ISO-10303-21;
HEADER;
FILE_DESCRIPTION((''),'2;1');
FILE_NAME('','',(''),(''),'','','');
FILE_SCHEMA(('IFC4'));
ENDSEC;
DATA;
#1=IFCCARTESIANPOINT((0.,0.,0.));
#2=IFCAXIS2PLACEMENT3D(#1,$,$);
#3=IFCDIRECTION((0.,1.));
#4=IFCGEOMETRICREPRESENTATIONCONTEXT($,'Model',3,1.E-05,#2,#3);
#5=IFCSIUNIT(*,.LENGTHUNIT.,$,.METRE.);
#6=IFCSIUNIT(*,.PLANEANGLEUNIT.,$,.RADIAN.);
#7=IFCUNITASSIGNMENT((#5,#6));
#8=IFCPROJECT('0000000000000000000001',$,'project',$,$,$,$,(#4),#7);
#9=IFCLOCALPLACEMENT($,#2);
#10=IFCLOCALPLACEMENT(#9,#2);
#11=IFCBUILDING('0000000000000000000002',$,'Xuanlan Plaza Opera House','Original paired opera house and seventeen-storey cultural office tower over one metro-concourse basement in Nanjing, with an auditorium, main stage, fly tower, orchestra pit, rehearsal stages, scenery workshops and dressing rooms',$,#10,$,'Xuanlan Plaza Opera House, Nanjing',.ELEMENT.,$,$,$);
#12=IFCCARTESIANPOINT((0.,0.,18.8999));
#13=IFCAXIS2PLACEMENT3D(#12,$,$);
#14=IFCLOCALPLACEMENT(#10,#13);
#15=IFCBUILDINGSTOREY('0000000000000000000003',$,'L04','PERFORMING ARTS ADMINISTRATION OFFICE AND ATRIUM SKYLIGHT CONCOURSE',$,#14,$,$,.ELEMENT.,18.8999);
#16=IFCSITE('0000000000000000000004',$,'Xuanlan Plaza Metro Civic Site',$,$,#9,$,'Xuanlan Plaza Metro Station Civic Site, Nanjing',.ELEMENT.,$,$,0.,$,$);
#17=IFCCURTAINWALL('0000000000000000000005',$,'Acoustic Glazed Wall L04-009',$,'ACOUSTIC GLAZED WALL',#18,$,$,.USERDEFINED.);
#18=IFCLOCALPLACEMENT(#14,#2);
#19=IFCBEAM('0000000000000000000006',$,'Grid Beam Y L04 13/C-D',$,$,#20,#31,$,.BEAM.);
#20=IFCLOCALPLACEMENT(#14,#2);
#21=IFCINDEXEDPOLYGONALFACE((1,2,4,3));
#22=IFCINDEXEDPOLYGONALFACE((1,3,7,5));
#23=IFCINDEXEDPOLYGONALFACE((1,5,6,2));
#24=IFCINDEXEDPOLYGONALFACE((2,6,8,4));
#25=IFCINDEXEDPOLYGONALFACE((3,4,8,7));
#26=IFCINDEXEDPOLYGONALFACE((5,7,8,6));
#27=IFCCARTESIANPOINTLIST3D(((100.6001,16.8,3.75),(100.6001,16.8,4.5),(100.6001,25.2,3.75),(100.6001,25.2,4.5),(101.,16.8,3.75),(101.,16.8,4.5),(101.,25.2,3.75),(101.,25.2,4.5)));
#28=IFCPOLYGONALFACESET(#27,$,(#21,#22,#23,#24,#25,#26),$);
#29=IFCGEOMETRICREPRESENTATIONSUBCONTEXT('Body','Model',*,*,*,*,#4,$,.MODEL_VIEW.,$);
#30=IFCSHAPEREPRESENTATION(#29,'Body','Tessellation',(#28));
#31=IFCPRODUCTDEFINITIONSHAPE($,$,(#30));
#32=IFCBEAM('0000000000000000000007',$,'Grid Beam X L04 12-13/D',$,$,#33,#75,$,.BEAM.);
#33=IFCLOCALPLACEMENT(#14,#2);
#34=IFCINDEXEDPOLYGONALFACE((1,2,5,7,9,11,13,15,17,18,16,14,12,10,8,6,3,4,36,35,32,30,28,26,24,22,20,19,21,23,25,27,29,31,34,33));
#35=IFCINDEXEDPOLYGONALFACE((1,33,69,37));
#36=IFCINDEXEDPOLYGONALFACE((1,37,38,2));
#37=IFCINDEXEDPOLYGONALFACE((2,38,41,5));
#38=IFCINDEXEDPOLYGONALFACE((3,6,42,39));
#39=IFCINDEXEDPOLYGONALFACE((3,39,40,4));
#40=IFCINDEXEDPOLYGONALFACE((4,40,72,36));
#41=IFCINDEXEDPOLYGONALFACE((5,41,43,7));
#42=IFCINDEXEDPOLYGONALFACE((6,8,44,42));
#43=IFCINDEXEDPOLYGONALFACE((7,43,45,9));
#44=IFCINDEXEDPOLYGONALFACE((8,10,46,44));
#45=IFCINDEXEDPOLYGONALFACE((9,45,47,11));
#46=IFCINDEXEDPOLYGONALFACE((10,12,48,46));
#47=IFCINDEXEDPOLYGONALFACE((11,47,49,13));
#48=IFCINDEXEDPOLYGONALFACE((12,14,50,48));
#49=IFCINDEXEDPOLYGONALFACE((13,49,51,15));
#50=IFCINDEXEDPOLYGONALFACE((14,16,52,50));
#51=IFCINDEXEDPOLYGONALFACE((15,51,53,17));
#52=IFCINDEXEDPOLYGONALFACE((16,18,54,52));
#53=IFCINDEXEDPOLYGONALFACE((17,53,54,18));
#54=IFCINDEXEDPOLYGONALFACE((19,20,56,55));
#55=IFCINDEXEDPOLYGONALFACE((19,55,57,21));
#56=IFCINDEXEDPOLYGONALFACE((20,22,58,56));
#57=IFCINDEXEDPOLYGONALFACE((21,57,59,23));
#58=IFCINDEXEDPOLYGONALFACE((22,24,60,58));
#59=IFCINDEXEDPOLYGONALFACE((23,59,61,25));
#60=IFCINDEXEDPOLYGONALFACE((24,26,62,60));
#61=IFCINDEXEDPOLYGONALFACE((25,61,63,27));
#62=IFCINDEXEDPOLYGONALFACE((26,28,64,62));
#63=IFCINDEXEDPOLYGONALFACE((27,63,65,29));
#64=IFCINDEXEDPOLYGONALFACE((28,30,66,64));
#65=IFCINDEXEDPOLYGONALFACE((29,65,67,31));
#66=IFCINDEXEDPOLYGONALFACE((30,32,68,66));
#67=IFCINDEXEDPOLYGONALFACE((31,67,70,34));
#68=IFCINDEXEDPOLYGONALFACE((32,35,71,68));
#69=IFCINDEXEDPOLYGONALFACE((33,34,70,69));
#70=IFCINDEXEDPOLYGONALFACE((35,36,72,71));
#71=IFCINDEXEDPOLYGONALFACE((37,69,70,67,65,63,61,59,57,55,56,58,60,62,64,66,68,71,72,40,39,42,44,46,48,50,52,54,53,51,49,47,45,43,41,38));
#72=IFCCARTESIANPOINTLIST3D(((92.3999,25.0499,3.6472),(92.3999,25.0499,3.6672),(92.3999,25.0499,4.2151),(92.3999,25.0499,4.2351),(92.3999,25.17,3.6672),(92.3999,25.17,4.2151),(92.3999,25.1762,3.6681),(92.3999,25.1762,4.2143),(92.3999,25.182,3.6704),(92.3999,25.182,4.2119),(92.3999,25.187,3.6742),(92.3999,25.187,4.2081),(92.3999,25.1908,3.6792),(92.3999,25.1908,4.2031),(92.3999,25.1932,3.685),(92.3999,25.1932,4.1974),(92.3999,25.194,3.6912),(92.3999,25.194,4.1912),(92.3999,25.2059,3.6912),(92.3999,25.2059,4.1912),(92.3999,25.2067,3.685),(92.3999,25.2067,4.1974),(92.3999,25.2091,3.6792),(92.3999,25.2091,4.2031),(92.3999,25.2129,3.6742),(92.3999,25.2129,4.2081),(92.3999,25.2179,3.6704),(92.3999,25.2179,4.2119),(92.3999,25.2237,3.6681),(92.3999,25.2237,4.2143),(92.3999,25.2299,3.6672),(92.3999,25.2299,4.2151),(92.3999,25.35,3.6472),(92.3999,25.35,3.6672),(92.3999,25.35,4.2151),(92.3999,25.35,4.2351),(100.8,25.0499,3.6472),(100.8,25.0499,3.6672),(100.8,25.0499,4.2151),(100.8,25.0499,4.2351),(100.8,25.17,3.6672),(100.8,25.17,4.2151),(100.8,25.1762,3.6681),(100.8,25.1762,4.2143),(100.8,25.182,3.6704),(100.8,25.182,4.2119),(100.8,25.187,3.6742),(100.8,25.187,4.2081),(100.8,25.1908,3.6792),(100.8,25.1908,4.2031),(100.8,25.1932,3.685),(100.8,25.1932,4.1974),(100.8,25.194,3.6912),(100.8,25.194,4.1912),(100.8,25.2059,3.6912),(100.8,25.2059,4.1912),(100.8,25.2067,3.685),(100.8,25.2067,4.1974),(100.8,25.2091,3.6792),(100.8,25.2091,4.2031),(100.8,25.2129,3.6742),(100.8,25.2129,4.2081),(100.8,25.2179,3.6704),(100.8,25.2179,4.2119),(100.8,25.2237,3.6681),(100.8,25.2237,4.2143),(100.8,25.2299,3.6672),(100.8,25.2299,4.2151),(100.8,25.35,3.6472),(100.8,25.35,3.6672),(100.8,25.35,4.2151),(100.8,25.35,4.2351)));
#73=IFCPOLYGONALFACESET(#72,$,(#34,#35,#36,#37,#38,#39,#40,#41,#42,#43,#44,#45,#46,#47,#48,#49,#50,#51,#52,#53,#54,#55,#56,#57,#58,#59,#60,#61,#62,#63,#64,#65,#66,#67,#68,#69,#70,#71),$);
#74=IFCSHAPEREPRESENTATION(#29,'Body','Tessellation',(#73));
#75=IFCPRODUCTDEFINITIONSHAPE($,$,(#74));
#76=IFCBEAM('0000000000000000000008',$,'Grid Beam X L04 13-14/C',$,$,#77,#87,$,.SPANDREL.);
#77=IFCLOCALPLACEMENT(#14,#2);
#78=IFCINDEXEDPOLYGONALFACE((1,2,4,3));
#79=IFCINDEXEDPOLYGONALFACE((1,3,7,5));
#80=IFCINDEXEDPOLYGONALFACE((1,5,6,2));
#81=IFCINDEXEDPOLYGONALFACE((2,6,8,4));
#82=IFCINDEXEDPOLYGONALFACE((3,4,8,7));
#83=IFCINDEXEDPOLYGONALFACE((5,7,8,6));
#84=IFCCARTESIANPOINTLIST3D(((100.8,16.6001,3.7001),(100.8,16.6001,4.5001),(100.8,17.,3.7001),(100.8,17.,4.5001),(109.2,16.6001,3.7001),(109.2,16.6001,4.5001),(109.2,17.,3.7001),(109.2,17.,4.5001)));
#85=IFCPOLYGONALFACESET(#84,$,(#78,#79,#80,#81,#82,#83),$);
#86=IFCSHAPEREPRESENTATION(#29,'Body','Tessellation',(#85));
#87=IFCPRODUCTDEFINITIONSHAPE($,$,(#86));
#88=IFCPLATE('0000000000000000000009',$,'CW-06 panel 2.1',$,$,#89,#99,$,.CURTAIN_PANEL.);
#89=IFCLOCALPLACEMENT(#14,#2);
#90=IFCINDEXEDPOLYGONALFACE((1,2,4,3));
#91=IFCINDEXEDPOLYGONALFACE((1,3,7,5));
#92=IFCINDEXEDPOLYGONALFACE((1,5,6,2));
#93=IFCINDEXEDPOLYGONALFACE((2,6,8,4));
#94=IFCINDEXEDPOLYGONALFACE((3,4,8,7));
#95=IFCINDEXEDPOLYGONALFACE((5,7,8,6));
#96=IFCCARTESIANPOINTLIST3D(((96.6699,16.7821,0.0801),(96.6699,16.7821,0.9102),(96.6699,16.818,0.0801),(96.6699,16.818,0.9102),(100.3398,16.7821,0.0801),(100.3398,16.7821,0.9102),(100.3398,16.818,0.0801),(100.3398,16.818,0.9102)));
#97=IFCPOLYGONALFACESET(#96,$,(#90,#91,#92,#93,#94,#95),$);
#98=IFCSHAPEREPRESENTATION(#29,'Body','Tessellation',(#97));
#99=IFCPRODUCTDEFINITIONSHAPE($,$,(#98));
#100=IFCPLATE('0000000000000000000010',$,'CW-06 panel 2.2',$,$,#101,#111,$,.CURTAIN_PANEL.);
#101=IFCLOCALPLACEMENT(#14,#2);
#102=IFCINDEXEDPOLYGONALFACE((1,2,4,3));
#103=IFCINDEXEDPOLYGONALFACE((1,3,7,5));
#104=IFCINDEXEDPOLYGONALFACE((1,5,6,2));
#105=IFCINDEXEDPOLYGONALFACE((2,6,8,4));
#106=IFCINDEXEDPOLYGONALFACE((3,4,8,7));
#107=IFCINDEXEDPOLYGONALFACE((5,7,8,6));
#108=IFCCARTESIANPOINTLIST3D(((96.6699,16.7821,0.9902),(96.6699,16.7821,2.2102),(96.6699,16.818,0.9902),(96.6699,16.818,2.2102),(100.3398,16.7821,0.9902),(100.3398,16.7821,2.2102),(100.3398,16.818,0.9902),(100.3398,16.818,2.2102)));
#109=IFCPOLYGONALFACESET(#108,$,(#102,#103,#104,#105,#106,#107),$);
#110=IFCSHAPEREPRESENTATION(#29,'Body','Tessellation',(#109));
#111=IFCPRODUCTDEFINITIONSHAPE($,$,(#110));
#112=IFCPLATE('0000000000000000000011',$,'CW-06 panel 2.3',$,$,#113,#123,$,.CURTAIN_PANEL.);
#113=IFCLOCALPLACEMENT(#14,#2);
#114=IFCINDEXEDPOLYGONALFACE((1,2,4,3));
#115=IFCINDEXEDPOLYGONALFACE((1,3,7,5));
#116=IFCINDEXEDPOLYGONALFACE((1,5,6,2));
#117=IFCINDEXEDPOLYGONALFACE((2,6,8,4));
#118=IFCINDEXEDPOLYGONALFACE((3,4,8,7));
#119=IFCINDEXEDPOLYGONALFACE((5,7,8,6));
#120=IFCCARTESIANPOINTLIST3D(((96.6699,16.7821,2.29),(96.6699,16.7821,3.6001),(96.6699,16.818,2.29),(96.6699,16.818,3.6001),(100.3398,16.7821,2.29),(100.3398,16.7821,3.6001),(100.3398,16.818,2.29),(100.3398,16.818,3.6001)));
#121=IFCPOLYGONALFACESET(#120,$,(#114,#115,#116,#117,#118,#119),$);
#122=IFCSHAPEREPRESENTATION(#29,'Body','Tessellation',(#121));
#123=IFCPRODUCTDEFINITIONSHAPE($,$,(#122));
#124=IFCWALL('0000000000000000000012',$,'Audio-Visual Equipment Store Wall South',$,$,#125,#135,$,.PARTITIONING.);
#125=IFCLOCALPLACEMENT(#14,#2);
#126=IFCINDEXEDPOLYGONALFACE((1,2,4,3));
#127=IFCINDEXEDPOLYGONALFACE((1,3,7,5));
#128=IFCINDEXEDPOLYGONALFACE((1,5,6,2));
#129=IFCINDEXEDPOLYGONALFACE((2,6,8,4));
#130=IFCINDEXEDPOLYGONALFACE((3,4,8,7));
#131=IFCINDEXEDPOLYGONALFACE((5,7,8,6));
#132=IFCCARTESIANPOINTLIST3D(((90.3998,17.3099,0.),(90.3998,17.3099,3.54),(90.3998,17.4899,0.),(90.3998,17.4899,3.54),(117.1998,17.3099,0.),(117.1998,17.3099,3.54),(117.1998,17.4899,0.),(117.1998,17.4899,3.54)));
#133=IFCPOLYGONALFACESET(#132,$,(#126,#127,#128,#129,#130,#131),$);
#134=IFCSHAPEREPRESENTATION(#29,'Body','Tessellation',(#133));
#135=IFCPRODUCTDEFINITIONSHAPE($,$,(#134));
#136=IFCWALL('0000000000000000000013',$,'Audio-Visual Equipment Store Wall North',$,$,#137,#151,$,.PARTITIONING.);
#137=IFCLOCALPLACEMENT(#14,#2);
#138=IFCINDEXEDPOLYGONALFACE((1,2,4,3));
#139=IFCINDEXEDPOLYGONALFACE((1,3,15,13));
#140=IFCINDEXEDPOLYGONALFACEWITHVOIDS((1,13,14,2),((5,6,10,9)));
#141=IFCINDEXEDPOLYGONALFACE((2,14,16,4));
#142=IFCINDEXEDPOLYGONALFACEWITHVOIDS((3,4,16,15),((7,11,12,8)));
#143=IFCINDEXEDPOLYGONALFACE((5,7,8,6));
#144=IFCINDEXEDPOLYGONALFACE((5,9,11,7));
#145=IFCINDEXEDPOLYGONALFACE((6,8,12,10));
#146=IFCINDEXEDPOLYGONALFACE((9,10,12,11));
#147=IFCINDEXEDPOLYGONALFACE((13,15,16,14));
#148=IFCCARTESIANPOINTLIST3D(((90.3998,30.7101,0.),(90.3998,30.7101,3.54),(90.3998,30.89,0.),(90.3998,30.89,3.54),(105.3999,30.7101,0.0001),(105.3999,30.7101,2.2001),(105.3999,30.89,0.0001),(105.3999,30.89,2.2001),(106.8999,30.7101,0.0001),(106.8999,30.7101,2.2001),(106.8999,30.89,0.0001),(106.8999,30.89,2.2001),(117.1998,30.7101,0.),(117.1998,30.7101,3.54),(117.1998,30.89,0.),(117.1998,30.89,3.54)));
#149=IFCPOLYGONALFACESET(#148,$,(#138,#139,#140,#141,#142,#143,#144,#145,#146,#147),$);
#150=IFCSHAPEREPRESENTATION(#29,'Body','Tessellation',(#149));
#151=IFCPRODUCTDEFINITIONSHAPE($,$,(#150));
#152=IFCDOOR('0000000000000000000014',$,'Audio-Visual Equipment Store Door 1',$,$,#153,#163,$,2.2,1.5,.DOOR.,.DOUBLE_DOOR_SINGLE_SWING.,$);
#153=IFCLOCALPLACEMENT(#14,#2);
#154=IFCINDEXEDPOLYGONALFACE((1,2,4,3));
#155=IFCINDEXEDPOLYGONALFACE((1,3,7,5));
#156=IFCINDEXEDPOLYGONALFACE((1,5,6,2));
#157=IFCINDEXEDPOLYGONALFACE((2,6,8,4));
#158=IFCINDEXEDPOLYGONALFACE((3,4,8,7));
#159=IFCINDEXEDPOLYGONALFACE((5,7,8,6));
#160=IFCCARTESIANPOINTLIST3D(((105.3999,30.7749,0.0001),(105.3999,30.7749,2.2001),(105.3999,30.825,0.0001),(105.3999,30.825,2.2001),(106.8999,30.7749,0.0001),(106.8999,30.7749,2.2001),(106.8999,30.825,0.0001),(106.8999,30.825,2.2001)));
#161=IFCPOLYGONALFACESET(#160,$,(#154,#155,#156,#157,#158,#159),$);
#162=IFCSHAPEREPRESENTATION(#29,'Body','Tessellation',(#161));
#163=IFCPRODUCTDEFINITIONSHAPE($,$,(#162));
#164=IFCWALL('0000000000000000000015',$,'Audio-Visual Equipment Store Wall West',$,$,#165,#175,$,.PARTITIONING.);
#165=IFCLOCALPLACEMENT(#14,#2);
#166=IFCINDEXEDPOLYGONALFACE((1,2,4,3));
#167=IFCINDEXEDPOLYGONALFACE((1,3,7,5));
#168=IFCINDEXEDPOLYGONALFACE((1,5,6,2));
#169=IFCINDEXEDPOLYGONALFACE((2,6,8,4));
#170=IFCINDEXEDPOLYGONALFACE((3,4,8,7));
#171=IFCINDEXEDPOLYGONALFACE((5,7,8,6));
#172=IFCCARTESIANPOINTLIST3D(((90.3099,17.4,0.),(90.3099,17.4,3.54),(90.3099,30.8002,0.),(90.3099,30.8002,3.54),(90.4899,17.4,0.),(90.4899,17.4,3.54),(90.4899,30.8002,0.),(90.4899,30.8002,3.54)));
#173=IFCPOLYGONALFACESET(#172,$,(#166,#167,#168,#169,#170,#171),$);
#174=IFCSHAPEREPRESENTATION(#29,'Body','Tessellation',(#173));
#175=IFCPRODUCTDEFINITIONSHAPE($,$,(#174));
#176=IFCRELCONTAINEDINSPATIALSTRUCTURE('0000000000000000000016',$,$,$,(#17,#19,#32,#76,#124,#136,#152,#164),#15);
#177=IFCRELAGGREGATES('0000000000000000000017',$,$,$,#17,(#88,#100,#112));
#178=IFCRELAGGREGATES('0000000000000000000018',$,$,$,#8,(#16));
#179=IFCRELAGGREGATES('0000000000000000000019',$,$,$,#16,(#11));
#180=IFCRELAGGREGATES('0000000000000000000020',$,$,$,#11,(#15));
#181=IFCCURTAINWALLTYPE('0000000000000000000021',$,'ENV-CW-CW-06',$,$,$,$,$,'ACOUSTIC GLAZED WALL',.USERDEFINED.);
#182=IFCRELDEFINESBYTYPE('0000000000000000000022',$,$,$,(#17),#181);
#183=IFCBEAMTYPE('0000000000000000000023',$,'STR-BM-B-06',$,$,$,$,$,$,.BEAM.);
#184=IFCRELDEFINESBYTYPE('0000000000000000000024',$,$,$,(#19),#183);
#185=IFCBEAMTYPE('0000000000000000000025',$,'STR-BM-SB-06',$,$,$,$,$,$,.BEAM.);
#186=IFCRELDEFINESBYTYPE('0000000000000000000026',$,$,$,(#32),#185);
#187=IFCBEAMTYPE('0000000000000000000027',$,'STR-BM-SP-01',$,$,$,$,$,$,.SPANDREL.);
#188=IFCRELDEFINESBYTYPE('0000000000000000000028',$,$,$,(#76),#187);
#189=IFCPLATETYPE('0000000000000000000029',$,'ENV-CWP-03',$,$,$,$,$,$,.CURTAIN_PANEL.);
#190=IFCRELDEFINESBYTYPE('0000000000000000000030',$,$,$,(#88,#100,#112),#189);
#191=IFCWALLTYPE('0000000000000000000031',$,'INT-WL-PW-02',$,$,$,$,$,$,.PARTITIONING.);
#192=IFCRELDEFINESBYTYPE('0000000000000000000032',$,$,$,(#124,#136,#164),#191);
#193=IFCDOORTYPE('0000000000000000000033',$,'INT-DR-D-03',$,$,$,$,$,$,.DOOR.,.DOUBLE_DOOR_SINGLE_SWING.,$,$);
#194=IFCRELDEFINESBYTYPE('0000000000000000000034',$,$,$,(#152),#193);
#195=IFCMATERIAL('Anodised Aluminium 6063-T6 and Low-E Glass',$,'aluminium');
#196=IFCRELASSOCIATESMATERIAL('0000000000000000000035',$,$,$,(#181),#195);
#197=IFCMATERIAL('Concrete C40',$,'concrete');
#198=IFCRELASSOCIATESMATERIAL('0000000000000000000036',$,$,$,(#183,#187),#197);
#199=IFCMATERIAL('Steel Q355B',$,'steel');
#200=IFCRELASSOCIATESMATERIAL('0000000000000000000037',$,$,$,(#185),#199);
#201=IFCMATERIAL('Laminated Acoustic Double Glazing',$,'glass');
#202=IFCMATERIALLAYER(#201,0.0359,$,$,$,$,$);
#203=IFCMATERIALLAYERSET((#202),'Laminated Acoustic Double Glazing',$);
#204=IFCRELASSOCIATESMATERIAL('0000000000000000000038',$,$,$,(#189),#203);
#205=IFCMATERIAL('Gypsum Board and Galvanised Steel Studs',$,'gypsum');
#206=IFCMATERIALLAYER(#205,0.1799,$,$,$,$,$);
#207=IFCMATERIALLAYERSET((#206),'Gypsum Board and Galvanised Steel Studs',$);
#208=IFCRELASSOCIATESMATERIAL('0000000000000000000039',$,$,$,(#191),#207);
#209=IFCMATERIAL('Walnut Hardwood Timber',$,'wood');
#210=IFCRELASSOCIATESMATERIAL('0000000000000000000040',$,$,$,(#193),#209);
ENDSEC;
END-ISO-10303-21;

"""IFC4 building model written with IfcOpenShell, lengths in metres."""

from ifc_helpers import new_model, si_unit, direction, frame, frame_2d, origin, origin_2d, place, context, subcontext, project, spatial, rectangle, i_section, extrude, material, layer, layer_set, material_profile, profile_set, type_object, element, fill, aggregate, save


model = new_model("IFC4")

# Units and contexts
model_context = context("Model", 3, precision=1e-05, world=origin(), true_north=direction((0.0, 1.0)))
body_context = subcontext(model_context, "Body", "Model", "MODEL_VIEW")
ifc_project = project(units=[si_unit("LENGTHUNIT", "METRE"), si_unit("PLANEANGLEUNIT", "RADIAN")], contexts=[model_context])

# Site, building, storey
site_placement = place(None, origin())
site = spatial("IfcSite", under=ifc_project, at=site_placement, Name="Xuanlan Plaza Metro Civic Site", LongName="Xuanlan Plaza Metro Station Civic Site, Nanjing", CompositionType="ELEMENT", RefElevation=0.0)
building_placement = place(site_placement, origin())
building = spatial("IfcBuilding", under=site, at=building_placement, Name="Xuanlan Plaza Opera House", Description="Original paired opera house and seventeen-storey cultural office tower over one metro-concourse basement in Nanjing, with an auditorium, main stage, fly tower, orchestra pit, rehearsal stages, scenery workshops and dressing rooms", LongName="Xuanlan Plaza Opera House, Nanjing", CompositionType="ELEMENT")
storey_placement = place(building_placement, frame((0.0, 0.0, 18.8999)))
storey = spatial("IfcBuildingStorey", under=building, at=storey_placement, Name="L04", Description="PERFORMING ARTS ADMINISTRATION OFFICE AND ATRIUM SKYLIGHT CONCOURSE", CompositionType="ELEMENT", Elevation=18.8999)

# Shared definitions
ifc_material_1 = material(Name="Concrete C40", Category="concrete")

# Curtain wall
ifc_material_2 = material(Name="Anodised Aluminium 6063-T6 and Low-E Glass", Category="aluminium")
curtain_wall_type = type_object("IfcCurtainWallType", Name="ENV-CW-CW-06", ElementType="ACOUSTIC GLAZED WALL", PredefinedType="USERDEFINED", material=ifc_material_2)
curtain_wall_placement = place(storey_placement, origin())
curtain_wall = element("IfcCurtainWall", 1, at=curtain_wall_placement, inside=storey, type_object=curtain_wall_type, Name="Acoustic Glazed Wall L04-009", ObjectType="ACOUSTIC GLAZED WALL", PredefinedType="USERDEFINED")

# Beams
ifc_material_profile_1 = material_profile(ifc_material_1, rectangle(XDim=0.3999, YDim=0.75, at=origin_2d()), Name="RC-BM 400x750")
ifc_profile_set_1 = profile_set([ifc_material_profile_1], Name="Concrete C40")
beam_type_1 = type_object("IfcBeamType", Name="STR-BM-B-06", PredefinedType="BEAM", material=ifc_profile_set_1)
beam_1_placement = place(storey_placement, frame((100.8, 16.8, 4.125), z_axis=(0.0, 1.0, 0.0), x_axis=(-1.0, 0.0, 0.0)))
element("IfcBeam", 2, at=beam_1_placement, inside=storey, type_object=beam_type_1, Name="Grid Beam Y L04 13/C-D", PredefinedType="BEAM", context=body_context, shape_type="SweptSolid", body=[
    extrude(rectangle(XDim=0.3999, YDim=0.75, at=origin_2d()), origin(), (0.0, 0.0, 1.0), 8.3999),
])
ifc_material_3 = material(Name="Steel Q355B", Category="steel")
ifc_material_profile_2 = material_profile(ifc_material_3, i_section(OverallWidth=0.3, OverallDepth=0.5879, WebThickness=0.012, FlangeThickness=0.02, FilletRadius=0.0239, at=origin_2d()), Name="HM 588x300x12x20")
ifc_profile_set_2 = profile_set([ifc_material_profile_2], Name="Steel Q355B")
beam_type_2 = type_object("IfcBeamType", Name="STR-BM-SB-06", PredefinedType="BEAM", material=ifc_profile_set_2)
beam_2_placement = place(storey_placement, frame((92.3999, 25.2, 3.9412), z_axis=(1.0, 0.0, 0.0), x_axis=(0.0, 1.0, 0.0)))
element("IfcBeam", 3, at=beam_2_placement, inside=storey, type_object=beam_type_2, Name="Grid Beam X L04 12-13/D", PredefinedType="BEAM", context=body_context, shape_type="SweptSolid", body=[
    extrude(i_section(OverallWidth=0.3, OverallDepth=0.5879, WebThickness=0.012, FlangeThickness=0.02, FilletRadius=0.0239, at=origin_2d()), origin(), (0.0, 0.0, 1.0), 8.4001),
])
ifc_material_profile_3 = material_profile(ifc_material_1, rectangle(XDim=0.3999, YDim=0.8, at=origin_2d()), Name="RC-SPD 400x800")
ifc_profile_set_3 = profile_set([ifc_material_profile_3], Name="Concrete C40")
beam_type_3 = type_object("IfcBeamType", Name="STR-BM-SP-01", PredefinedType="SPANDREL", material=ifc_profile_set_3)
beam_3_placement = place(storey_placement, frame((100.8, 16.8, 4.1001), z_axis=(1.0, 0.0, 0.0), x_axis=(0.0, 1.0, 0.0)))
element("IfcBeam", 4, at=beam_3_placement, inside=storey, type_object=beam_type_3, Name="Grid Beam X L04 13-14/C", PredefinedType="SPANDREL", context=body_context, shape_type="SweptSolid", body=[
    extrude(rectangle(XDim=0.3999, YDim=0.8, at=origin_2d()), origin(), (0.0, 0.0, 1.0), 8.3999),
])

# Plates
ifc_material_4 = material(Name="Laminated Acoustic Double Glazing", Category="glass")
ifc_layer_1 = layer(ifc_material_4, 0.0359)
ifc_layer_set_1 = layer_set([ifc_layer_1], Name="Laminated Acoustic Double Glazing")
plate_type = type_object("IfcPlateType", Name="ENV-CWP-03", PredefinedType="CURTAIN_PANEL", material=ifc_layer_set_1)
plate_1_placement = place(storey_placement, frame((98.5049, 16.8, 0.0801), z_axis=(0.0, 0.0, 1.0), x_axis=(1.0, 0.0, 0.0)))
plate_1 = element("IfcPlate", 5, at=plate_1_placement, type_object=plate_type, Name="CW-06 panel 2.1", PredefinedType="CURTAIN_PANEL", context=body_context, shape_type="SweptSolid", body=[
    extrude(rectangle(XDim=3.6699, YDim=0.0359, at=origin_2d()), origin(), (0.0, 0.0, 1.0), 0.8301),
])
plate_2_placement = place(storey_placement, frame((98.5049, 16.8, 0.9902), z_axis=(0.0, 0.0, 1.0), x_axis=(1.0, 0.0, 0.0)))
plate_2 = element("IfcPlate", 6, at=plate_2_placement, type_object=plate_type, Name="CW-06 panel 2.2", PredefinedType="CURTAIN_PANEL", context=body_context, shape_type="SweptSolid", body=[
    extrude(rectangle(XDim=3.6699, YDim=0.0359, at=origin_2d()), origin(), (0.0, 0.0, 1.0), 1.22),
])
plate_3_placement = place(storey_placement, frame((98.5049, 16.8, 2.29), z_axis=(0.0, 0.0, 1.0), x_axis=(1.0, 0.0, 0.0)))
plate_3 = element("IfcPlate", 7, at=plate_3_placement, type_object=plate_type, Name="CW-06 panel 2.3", PredefinedType="CURTAIN_PANEL", context=body_context, shape_type="SweptSolid", body=[
    extrude(rectangle(XDim=3.6699, YDim=0.0359, at=origin_2d()), origin(), (0.0, 0.0, 1.0), 1.3101),
])
aggregate(curtain_wall, [plate_1, plate_2, plate_3])

# Wall
ifc_material_5 = material(Name="Gypsum Board and Galvanised Steel Studs", Category="gypsum")
ifc_layer_2 = layer(ifc_material_5, 0.1799)
ifc_layer_set_2 = layer_set([ifc_layer_2], Name="Gypsum Board and Galvanised Steel Studs")
wall_type_1 = type_object("IfcWallType", Name="INT-WL-PW-02", PredefinedType="PARTITIONING", material=ifc_layer_set_2)
wall_1_placement = place(storey_placement, frame((90.3999, 17.3999, 0.0), z_axis=(0.0, 0.0, 1.0), x_axis=(1.0, 0.0, 0.0)))
element("IfcWall", 8, at=wall_1_placement, inside=storey, type_object=wall_type_1, Name="Audio-Visual Equipment Store Wall South", PredefinedType="PARTITIONING", context=body_context, shape_type="SweptSolid", body=[
    extrude(rectangle(XDim=26.8, YDim=0.1799, at=frame_2d((13.3999, 0.0))), origin(), (0.0, 0.0, 1.0), 3.54),
])

# Wall, opening, door
wall_2_placement = place(storey_placement, frame((90.3999, 30.8, 0.0), z_axis=(0.0, 0.0, 1.0), x_axis=(1.0, 0.0, 0.0)))
wall_2 = element("IfcWall", 9, at=wall_2_placement, inside=storey, type_object=wall_type_1, Name="Audio-Visual Equipment Store Wall North", PredefinedType="PARTITIONING", context=body_context, shape_type="SweptSolid", body=[
    extrude(rectangle(XDim=26.8, YDim=0.1799, at=frame_2d((13.3999, 0.0))), origin(), (0.0, 0.0, 1.0), 3.54),
])
opening_placement = place(wall_2_placement, frame((15.0, 0.0, 0.0)))
opening = element("IfcOpeningElement", 10, at=opening_placement, cuts=wall_2, PredefinedType="OPENING", context=body_context, shape_type="SweptSolid", body=[
    extrude(rectangle(XDim=1.5, YDim=2.2, at=frame_2d((0.75, 1.1001))), frame((0.0, 0.0999, 0.0), z_axis=(0.0, -1.0, 0.0), x_axis=(1.0, 0.0, 0.0)), (0.0, 0.0, 1.0), 0.2),
])
ifc_material_6 = material(Name="Walnut Hardwood Timber", Category="wood")
door_type = type_object("IfcDoorType", Name="INT-DR-D-03", OperationType="DOUBLE_DOOR_SINGLE_SWING", PredefinedType="DOOR", material=ifc_material_6)
door_placement = place(opening_placement, origin())
door = element("IfcDoor", 11, at=door_placement, inside=storey, type_object=door_type, Name="Audio-Visual Equipment Store Door 1", OperationType="DOUBLE_DOOR_SINGLE_SWING", OverallHeight=2.2, OverallWidth=1.5, PredefinedType="DOOR", context=body_context, shape_type="SweptSolid", body=[
    extrude(rectangle(XDim=1.5, YDim=2.2, at=frame_2d((0.75, 1.1001))), frame((0.0, 0.0249, 0.0), z_axis=(0.0, -1.0, 0.0), x_axis=(1.0, 0.0, 0.0)), (0.0, 0.0, 1.0), 0.05),
])
fill(opening, door)

# Wall
wall_3_placement = place(storey_placement, frame((90.3999, 17.3999, 0.0), z_axis=(0.0, 0.0, 1.0), x_axis=(0.0, 1.0, 0.0)))
element("IfcWall", 12, at=wall_3_placement, inside=storey, type_object=wall_type_1, Name="Audio-Visual Equipment Store Wall West", PredefinedType="PARTITIONING", context=body_context, shape_type="SweptSolid", body=[
    extrude(rectangle(XDim=13.4001, YDim=0.1799, at=frame_2d((6.7002, 0.0))), origin(), (0.0, 0.0, 1.0), 3.54),
])

save(model, "model.ifc")
